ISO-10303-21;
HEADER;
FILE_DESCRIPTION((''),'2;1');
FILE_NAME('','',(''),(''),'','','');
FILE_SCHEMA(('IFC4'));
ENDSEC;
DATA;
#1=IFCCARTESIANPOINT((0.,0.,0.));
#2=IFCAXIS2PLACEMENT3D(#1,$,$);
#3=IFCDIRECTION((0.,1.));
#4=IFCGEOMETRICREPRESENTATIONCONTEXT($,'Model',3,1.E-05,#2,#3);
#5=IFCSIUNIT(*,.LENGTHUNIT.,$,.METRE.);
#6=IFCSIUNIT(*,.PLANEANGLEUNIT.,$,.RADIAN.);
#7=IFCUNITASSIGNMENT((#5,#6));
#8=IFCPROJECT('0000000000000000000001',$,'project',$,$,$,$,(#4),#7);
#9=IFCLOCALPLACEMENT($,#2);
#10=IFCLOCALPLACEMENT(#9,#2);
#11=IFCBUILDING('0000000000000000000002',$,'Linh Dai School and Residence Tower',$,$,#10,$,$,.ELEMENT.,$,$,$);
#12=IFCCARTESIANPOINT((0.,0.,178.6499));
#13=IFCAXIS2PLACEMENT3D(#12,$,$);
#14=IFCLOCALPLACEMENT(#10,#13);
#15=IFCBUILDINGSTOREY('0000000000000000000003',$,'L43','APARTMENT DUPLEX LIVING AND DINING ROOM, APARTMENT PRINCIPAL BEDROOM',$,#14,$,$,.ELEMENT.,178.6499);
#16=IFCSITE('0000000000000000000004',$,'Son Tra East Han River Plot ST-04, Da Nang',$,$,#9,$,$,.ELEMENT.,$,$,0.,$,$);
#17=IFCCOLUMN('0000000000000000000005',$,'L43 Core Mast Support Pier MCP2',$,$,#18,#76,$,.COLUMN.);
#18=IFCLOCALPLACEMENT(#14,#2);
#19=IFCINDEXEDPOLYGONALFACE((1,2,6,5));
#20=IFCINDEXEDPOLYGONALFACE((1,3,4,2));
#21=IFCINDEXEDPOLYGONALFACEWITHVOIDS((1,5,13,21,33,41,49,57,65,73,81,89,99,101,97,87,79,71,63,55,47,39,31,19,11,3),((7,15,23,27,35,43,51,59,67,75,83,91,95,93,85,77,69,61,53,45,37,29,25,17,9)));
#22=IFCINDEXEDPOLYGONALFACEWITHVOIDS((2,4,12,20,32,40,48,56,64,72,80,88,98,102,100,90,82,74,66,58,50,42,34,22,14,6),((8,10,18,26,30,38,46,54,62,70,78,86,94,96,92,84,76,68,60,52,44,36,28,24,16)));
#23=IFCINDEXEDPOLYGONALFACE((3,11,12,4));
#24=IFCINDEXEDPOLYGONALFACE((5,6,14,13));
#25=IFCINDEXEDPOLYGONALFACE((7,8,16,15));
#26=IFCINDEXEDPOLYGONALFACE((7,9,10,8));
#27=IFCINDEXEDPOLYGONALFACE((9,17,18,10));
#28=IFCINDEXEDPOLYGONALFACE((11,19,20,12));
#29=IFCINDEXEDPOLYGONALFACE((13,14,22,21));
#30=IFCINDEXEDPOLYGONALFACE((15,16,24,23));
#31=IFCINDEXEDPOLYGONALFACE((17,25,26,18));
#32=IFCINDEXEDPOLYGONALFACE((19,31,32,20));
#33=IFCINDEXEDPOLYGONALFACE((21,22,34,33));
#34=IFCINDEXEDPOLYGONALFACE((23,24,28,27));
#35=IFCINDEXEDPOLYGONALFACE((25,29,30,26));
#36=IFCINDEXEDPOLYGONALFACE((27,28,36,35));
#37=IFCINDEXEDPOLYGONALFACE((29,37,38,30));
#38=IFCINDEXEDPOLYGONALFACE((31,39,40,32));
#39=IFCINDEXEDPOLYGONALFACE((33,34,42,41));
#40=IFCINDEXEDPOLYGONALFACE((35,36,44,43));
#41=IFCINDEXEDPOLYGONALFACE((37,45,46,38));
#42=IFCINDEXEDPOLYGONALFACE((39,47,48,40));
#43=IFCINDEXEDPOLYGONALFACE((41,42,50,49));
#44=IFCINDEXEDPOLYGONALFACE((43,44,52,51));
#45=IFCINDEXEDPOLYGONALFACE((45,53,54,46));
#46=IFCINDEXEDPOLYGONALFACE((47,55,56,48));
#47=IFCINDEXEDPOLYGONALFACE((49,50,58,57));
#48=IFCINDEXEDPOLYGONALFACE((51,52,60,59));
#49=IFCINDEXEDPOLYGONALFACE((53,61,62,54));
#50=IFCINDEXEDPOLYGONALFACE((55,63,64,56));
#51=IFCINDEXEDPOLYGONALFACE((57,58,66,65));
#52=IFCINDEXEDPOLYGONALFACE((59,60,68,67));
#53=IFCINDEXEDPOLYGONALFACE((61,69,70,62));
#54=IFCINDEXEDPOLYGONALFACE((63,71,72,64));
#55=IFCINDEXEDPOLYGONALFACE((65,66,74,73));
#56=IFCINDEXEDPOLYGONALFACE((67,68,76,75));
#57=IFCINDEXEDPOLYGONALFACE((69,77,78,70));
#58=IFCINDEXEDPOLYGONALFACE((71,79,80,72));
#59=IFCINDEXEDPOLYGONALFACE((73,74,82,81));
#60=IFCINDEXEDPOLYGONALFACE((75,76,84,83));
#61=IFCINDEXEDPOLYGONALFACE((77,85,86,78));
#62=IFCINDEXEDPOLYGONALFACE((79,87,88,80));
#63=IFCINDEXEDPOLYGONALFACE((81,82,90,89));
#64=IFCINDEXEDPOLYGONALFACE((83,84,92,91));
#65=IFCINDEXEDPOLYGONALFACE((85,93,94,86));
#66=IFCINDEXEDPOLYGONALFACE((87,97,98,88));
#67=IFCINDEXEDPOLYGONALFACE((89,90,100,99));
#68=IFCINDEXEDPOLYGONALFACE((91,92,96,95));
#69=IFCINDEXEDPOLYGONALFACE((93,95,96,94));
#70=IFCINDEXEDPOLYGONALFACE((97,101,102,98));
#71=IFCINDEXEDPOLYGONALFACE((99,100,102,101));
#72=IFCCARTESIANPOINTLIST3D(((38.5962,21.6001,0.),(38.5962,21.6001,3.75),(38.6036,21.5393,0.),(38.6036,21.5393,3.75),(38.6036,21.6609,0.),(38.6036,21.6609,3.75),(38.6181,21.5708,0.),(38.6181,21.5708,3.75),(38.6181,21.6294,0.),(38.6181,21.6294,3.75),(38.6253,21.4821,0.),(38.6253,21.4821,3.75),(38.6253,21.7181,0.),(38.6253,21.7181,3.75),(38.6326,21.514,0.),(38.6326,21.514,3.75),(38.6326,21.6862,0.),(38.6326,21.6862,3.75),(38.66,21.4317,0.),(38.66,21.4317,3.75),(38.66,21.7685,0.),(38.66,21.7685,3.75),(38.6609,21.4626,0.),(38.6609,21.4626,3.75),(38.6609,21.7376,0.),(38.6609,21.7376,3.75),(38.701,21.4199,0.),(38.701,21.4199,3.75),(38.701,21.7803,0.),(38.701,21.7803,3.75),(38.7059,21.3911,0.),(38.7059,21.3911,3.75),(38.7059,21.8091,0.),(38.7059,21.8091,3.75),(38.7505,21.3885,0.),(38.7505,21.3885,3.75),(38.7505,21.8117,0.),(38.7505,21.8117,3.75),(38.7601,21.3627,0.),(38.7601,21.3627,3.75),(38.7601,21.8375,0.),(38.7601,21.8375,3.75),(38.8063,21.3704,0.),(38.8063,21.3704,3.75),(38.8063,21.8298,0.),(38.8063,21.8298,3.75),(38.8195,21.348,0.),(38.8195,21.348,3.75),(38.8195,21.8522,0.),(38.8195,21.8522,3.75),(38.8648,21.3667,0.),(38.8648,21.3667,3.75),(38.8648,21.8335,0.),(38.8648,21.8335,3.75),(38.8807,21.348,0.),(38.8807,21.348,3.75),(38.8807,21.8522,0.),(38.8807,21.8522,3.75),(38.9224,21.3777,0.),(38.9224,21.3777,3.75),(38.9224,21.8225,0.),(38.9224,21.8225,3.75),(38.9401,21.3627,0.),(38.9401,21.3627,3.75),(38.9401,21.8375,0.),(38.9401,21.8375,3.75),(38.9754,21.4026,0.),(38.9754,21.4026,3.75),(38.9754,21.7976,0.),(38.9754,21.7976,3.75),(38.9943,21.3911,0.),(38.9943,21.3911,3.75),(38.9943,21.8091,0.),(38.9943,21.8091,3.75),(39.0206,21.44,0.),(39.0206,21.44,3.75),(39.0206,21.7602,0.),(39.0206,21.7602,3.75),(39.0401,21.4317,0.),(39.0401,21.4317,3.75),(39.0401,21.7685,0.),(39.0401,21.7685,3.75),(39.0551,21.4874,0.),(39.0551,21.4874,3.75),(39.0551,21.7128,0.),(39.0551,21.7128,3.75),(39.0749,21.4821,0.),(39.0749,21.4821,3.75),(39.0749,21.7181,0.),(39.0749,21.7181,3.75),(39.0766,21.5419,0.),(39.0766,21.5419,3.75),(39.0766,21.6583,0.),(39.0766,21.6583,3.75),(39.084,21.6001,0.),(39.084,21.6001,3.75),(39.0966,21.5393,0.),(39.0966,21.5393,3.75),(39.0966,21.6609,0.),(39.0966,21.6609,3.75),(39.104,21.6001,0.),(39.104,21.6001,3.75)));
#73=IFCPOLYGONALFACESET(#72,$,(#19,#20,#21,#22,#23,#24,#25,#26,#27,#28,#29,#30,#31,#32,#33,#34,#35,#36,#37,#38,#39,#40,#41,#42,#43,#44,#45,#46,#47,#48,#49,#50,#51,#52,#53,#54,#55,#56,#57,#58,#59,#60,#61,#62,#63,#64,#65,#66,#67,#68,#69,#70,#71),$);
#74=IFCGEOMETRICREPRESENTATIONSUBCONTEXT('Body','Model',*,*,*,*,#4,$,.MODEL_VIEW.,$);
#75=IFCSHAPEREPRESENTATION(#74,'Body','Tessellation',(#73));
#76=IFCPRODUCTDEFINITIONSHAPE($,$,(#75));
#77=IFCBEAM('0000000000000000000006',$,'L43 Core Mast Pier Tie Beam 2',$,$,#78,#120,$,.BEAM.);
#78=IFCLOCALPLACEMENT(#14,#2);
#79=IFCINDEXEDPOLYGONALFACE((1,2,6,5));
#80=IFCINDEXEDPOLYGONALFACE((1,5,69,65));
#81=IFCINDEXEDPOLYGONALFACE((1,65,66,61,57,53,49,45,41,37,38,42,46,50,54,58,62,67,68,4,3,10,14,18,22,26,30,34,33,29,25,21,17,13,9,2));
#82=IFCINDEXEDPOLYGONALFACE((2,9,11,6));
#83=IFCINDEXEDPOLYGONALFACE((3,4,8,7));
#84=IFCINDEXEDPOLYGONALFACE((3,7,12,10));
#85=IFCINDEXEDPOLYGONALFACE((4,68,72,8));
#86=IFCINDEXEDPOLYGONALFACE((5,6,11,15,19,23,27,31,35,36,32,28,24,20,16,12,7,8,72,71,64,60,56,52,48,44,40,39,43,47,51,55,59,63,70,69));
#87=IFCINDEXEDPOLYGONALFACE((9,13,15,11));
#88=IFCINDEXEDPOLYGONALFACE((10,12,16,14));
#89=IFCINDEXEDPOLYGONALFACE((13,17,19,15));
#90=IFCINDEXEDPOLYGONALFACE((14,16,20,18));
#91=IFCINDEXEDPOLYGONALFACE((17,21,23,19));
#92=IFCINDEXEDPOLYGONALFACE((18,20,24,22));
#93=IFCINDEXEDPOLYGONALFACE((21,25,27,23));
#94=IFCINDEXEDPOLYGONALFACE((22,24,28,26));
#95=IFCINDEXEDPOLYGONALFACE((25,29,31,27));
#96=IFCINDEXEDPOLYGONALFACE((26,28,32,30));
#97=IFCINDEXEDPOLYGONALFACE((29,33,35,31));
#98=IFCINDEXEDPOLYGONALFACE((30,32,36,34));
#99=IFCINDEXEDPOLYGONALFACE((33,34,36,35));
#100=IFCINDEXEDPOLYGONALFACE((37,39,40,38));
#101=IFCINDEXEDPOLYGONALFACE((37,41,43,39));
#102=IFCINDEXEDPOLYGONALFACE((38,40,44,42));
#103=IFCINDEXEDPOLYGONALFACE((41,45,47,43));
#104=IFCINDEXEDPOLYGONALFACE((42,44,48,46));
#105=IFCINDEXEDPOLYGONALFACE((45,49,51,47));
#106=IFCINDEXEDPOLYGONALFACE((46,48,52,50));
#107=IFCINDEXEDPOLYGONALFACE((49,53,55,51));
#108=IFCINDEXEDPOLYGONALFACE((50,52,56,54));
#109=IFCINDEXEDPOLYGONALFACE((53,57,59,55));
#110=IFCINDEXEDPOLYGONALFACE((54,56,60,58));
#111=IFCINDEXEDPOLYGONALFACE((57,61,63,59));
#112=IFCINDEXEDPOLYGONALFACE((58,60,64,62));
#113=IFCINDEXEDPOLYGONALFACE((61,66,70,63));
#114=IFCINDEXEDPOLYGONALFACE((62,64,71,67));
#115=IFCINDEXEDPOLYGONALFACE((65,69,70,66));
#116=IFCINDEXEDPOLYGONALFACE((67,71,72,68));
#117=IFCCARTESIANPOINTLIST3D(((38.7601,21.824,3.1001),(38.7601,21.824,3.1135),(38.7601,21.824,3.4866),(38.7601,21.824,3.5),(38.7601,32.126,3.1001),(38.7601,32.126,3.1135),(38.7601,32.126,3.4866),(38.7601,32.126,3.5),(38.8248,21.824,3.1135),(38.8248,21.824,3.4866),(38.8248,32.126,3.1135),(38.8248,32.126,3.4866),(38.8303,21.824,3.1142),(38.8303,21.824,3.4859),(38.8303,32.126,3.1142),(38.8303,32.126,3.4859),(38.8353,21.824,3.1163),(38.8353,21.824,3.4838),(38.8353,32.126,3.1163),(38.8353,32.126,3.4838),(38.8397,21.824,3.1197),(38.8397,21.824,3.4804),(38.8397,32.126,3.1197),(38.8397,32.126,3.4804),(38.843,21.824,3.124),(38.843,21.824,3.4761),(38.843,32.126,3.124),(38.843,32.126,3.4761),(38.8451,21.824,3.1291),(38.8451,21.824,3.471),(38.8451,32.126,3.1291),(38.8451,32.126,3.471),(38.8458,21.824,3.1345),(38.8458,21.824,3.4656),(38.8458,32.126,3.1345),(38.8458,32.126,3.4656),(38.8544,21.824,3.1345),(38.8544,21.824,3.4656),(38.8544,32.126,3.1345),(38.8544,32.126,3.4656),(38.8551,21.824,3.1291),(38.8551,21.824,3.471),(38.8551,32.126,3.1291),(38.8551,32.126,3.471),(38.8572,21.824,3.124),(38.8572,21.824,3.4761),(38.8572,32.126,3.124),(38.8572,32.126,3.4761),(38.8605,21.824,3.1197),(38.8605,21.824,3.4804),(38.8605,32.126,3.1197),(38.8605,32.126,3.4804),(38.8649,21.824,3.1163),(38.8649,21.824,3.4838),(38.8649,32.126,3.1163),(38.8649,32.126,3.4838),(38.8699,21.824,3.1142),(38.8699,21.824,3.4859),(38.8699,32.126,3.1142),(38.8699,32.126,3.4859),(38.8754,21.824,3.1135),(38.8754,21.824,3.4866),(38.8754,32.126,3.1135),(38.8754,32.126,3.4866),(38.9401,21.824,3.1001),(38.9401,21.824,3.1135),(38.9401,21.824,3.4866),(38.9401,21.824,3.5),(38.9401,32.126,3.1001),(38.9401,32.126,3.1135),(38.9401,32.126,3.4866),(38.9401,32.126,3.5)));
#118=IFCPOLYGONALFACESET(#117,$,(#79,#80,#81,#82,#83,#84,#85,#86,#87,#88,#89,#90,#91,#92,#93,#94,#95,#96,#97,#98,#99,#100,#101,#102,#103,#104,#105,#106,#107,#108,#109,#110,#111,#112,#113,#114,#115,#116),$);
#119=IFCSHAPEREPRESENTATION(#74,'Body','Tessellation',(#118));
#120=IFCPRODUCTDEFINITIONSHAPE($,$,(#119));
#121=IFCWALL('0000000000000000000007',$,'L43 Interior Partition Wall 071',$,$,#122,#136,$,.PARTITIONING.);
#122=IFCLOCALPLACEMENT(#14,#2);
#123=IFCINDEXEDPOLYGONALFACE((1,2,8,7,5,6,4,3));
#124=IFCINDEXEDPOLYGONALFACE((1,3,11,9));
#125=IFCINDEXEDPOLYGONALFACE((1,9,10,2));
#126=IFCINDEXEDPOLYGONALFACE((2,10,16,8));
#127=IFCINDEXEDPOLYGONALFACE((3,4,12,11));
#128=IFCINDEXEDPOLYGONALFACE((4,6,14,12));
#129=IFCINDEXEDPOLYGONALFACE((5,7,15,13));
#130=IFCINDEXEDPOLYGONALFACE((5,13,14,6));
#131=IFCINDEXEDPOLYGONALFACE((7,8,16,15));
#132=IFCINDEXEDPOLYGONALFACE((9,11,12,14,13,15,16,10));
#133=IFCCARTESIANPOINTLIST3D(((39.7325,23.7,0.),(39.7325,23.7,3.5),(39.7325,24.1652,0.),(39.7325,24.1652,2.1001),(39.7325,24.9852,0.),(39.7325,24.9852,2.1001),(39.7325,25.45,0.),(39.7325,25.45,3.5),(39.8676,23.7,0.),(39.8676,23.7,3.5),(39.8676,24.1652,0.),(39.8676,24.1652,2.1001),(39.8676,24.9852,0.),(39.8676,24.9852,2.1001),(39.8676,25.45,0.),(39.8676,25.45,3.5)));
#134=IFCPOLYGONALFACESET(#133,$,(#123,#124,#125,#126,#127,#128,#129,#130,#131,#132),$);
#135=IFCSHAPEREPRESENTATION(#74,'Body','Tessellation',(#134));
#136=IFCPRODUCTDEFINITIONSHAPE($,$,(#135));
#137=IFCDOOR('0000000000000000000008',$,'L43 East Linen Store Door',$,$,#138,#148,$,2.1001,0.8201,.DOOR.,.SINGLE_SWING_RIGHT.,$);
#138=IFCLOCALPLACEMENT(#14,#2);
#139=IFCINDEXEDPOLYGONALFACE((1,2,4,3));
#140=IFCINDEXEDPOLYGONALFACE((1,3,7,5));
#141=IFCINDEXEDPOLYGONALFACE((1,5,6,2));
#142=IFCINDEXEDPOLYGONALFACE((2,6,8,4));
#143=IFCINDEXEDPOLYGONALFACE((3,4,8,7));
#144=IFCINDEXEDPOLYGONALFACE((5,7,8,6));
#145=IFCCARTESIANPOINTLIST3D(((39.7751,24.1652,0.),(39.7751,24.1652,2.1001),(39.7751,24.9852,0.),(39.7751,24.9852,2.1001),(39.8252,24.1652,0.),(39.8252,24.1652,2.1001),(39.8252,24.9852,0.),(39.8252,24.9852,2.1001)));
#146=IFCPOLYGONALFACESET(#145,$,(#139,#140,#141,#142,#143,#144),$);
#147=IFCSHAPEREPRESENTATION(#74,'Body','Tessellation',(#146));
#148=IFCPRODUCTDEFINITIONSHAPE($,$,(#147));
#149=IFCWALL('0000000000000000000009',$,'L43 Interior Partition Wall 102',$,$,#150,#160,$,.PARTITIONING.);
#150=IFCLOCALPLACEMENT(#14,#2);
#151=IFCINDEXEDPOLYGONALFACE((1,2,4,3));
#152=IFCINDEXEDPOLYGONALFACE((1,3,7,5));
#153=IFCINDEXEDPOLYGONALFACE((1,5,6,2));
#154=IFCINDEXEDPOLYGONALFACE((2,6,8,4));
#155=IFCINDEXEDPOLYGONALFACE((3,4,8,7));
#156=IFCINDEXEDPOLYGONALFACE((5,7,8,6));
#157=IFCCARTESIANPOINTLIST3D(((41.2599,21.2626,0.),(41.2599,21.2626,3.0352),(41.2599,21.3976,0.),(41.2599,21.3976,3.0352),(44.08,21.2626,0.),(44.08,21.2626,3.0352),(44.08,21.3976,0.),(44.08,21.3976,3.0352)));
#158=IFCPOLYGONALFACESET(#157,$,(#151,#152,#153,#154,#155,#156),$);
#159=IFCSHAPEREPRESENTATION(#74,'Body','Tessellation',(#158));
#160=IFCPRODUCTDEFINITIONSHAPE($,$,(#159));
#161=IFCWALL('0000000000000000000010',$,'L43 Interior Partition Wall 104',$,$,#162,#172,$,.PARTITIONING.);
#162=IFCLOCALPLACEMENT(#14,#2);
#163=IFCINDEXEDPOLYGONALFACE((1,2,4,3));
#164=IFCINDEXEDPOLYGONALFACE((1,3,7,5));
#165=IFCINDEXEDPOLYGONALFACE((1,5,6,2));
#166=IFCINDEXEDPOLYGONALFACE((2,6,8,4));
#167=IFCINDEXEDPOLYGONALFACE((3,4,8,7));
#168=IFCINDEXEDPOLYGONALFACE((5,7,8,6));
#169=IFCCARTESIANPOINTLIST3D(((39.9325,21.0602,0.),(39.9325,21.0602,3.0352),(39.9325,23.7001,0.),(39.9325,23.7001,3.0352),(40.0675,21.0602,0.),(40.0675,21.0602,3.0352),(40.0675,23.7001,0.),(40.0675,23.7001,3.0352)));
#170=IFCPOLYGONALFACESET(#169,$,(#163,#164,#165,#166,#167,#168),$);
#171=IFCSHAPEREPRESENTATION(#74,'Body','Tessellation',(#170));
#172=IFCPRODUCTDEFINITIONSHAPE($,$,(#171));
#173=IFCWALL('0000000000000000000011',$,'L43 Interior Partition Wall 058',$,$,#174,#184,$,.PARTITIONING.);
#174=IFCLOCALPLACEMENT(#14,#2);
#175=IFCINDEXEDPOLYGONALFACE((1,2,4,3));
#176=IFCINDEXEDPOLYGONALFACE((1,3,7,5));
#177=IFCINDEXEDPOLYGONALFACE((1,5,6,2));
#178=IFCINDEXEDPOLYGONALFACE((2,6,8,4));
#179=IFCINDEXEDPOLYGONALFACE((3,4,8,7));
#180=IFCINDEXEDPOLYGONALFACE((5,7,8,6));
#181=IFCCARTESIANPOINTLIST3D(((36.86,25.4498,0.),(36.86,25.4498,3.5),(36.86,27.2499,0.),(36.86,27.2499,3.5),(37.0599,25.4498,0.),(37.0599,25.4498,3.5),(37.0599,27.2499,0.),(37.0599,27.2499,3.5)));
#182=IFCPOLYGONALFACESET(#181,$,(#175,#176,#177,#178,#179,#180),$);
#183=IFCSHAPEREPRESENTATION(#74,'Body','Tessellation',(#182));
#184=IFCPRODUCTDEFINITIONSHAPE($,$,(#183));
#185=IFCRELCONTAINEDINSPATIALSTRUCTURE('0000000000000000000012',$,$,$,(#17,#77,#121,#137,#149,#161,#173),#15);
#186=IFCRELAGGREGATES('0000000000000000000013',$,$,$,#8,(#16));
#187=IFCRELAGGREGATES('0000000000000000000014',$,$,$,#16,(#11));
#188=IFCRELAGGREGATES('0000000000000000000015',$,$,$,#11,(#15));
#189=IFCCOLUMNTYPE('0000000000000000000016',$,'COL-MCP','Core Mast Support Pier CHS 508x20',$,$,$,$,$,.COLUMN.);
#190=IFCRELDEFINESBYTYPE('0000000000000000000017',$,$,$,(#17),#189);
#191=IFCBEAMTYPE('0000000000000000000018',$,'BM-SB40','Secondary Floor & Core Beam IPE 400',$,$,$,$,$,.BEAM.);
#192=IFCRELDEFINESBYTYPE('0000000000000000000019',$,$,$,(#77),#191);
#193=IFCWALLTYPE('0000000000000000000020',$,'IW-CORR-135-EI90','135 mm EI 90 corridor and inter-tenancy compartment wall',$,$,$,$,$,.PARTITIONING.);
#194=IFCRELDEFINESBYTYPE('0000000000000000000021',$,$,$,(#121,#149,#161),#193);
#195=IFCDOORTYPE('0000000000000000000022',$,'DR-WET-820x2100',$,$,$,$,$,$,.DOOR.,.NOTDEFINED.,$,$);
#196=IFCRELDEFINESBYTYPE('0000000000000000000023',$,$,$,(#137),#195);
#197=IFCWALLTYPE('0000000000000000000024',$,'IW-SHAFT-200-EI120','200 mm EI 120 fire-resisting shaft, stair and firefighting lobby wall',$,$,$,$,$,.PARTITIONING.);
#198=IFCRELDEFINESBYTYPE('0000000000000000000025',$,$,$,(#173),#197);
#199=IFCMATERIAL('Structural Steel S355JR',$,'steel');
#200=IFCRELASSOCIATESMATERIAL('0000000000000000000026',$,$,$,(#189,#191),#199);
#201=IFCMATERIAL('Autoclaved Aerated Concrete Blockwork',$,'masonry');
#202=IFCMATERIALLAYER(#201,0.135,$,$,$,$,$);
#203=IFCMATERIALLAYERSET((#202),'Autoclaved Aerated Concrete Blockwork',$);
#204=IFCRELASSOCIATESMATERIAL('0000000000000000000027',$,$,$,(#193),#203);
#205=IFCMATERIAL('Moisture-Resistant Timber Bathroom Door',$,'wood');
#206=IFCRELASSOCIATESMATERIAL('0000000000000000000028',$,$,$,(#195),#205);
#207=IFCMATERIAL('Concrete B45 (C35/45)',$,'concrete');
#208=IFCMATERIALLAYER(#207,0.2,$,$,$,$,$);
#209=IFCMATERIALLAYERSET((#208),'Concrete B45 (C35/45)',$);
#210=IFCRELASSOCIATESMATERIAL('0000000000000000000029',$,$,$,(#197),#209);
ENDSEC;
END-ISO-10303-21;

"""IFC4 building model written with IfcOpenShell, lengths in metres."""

from ifc_helpers import new_model, si_unit, direction, frame, frame_2d, origin, origin_2d, place, context, subcontext, project, spatial, rectangle, hollow_circle, i_section, extrude, source, transform, mapped, material, layer, layer_set, material_profile, profile_set, type_object, element, fill, save


model = new_model("IFC4")

# Units and contexts
model_context = context("Model", 3, precision=1e-05, world=origin(), true_north=direction((0.0, 1.0)))
body_context = subcontext(model_context, "Body", "Model", "MODEL_VIEW")
ifc_project = project(units=[si_unit("LENGTHUNIT", "METRE"), si_unit("PLANEANGLEUNIT", "RADIAN")], contexts=[model_context])

# Site, building, storey
site_placement = place(None, origin())
site = spatial("IfcSite", under=ifc_project, at=site_placement, Name="Son Tra East Han River Plot ST-04, Da Nang", CompositionType="ELEMENT", RefElevation=0.0)
building_placement = place(site_placement, origin())
building = spatial("IfcBuilding", under=site, at=building_placement, Name="Linh Dai School and Residence Tower", CompositionType="ELEMENT")
storey_placement = place(building_placement, frame((0.0, 0.0, 178.6499)))
storey = spatial("IfcBuildingStorey", under=building, at=storey_placement, Name="L43", Description="APARTMENT DUPLEX LIVING AND DINING ROOM, APARTMENT PRINCIPAL BEDROOM", CompositionType="ELEMENT", Elevation=178.6499)

# Column
ifc_material_1 = material(Name="Structural Steel S355JR", Category="steel")
ifc_material_profile_1 = material_profile(ifc_material_1, hollow_circle(Radius=0.2539, WallThickness=0.02, at=origin_2d()), Name="CHS 508x20")
ifc_profile_set_1 = profile_set([ifc_material_profile_1], Name="Structural Steel S355JR")
column_type_1 = type_object("IfcColumnType", Name="COL-MCP", Description="Core Mast Support Pier CHS 508x20", PredefinedType="COLUMN", material=ifc_profile_set_1)
column_placement = place(storey_placement, frame((38.8501, 21.6001, 0.0), z_axis=(0.0, 0.0, 1.0), x_axis=(1.0, 0.0, 0.0)))
element("IfcColumn", 1, at=column_placement, inside=storey, type_object=column_type_1, Name="L43 Core Mast Support Pier MCP2", PredefinedType="COLUMN", context=body_context, shape_type="SweptSolid", body=[
    extrude(hollow_circle(Radius=0.2539, WallThickness=0.02, at=origin_2d()), origin(), (0.0, 0.0, 1.0), 3.75),
])

# Beam
ifc_material_profile_2 = material_profile(ifc_material_1, i_section(OverallWidth=0.1799, OverallDepth=0.3999, WebThickness=0.0085, FlangeThickness=0.0134, FilletRadius=0.021, at=origin_2d()), Name="IPE 400")
ifc_profile_set_2 = profile_set([ifc_material_profile_2], Name="Structural Steel S355JR")
beam_type = type_object("IfcBeamType", Name="BM-SB40", Description="Secondary Floor & Core Beam IPE 400", PredefinedType="BEAM", material=ifc_profile_set_2)
beam_placement = place(storey_placement, frame((38.8501, 21.824, 3.3), z_axis=(0.0, 1.0, 0.0), x_axis=(-1.0, 0.0, 0.0)))
element("IfcBeam", 2, at=beam_placement, inside=storey, type_object=beam_type, Name="L43 Core Mast Pier Tie Beam 2", PredefinedType="BEAM", context=body_context, shape_type="SweptSolid", body=[
    extrude(i_section(OverallWidth=0.1799, OverallDepth=0.3999, WebThickness=0.0085, FlangeThickness=0.0134, FilletRadius=0.021, at=origin_2d()), origin(), (0.0, 0.0, 1.0), 10.302),
])

# Wall, opening, door
ifc_material_2 = material(Name="Autoclaved Aerated Concrete Blockwork", Category="masonry")
ifc_layer_1 = layer(ifc_material_2, 0.135)
ifc_layer_set_1 = layer_set([ifc_layer_1], Name="Autoclaved Aerated Concrete Blockwork")
wall_type_1 = type_object("IfcWallType", Name="IW-CORR-135-EI90", Description="135 mm EI 90 corridor and inter-tenancy compartment wall", PredefinedType="PARTITIONING", material=ifc_layer_set_1)
wall_1_placement = place(storey_placement, frame((39.8, 23.7, 0.0), z_axis=(0.0, 0.0, 1.0), x_axis=(0.0, 1.0, 0.0)))
wall_1 = element("IfcWall", 3, at=wall_1_placement, inside=storey, type_object=wall_type_1, Name="L43 Interior Partition Wall 071", PredefinedType="PARTITIONING", context=body_context, shape_type="SweptSolid", body=[
    extrude(rectangle(XDim=1.75, YDim=0.135, at=frame_2d((0.875, 0.0))), origin(), (0.0, 0.0, 1.0), 3.5),
])
opening_placement = place(wall_1_placement, frame((0.4651, 0.0, 0.0)))
opening = element("IfcOpeningElement", 4, at=opening_placement, cuts=wall_1, PredefinedType="OPENING", context=body_context, shape_type="SweptSolid", body=[
    extrude(rectangle(XDim=0.8201, YDim=2.1001, at=origin_2d()), frame((0.4102, 0.0776, 1.05), z_axis=(0.0, -1.0, 0.0), x_axis=(1.0, 0.0, 0.0)), (0.0, 0.0, 1.0), 0.155),
])
ifc_material_3 = material(Name="Moisture-Resistant Timber Bathroom Door", Category="wood")
door_type = type_object("IfcDoorType", Name="DR-WET-820x2100", OperationType="NOTDEFINED", PredefinedType="DOOR", material=ifc_material_3)
shared_shape_1 = source(origin(), body_context, "Body", "SweptSolid", [
    extrude(rectangle(XDim=0.8201, YDim=2.1001, at=origin_2d()), frame((0.4102, 0.0249, 1.05), z_axis=(0.0, -1.0, 0.0), x_axis=(1.0, 0.0, 0.0)), (0.0, 0.0, 1.0), 0.05),
])
door_placement = place(opening_placement, origin())
door = element("IfcDoor", 5, at=door_placement, inside=storey, type_object=door_type, Name="L43 East Linen Store Door", OperationType="SINGLE_SWING_RIGHT", OverallHeight=2.1001, OverallWidth=0.8201, PredefinedType="DOOR", context=body_context, shape_type="MappedRepresentation", body=[
    mapped(shared_shape_1, transform((0.0, 0.0, 0.0), x_axis=(1.0, 0.0, 0.0), y_axis=(0.0, 1.0, 0.0), z_axis=(0.0, 0.0, 1.0), scale=1.0)),
])
fill(opening, door)

# Walls
wall_2_placement = place(storey_placement, frame((44.0801, 21.3301, 0.0), z_axis=(0.0, 0.0, 1.0), x_axis=(-1.0, 0.0, 0.0)))
element("IfcWall", 6, at=wall_2_placement, inside=storey, type_object=wall_type_1, Name="L43 Interior Partition Wall 102", PredefinedType="PARTITIONING", context=body_context, shape_type="SweptSolid", body=[
    extrude(rectangle(XDim=2.8201, YDim=0.135, at=frame_2d((1.4102, 0.0))), origin(), (0.0, 0.0, 1.0), 3.0352),
])
wall_3_placement = place(storey_placement, frame((40.0, 23.7, 0.0), z_axis=(0.0, 0.0, 1.0), x_axis=(0.0, -1.0, 0.0)))
element("IfcWall", 7, at=wall_3_placement, inside=storey, type_object=wall_type_1, Name="L43 Interior Partition Wall 104", PredefinedType="PARTITIONING", context=body_context, shape_type="SweptSolid", body=[
    extrude(rectangle(XDim=2.6399, YDim=0.135, at=frame_2d((1.3198, 0.0))), origin(), (0.0, 0.0, 1.0), 3.0352),
])
ifc_material_4 = material(Name="Concrete B45 (C35/45)", Category="concrete")
ifc_layer_2 = layer(ifc_material_4, 0.2)
ifc_layer_set_2 = layer_set([ifc_layer_2], Name="Concrete B45 (C35/45)")
wall_type_2 = type_object("IfcWallType", Name="IW-SHAFT-200-EI120", Description="200 mm EI 120 fire-resisting shaft, stair and firefighting lobby wall", PredefinedType="PARTITIONING", material=ifc_layer_set_2)
for number, where, z_axis, x_axis, name in (
    (8, (36.96, 25.45, 0.0), (0.0, 0.0, 1.0), (0.0, 1.0, 0.0), "L43 Interior Partition Wall 058"),
):
    element("IfcWall", number, at=place(storey_placement, frame(where, z_axis=z_axis, x_axis=x_axis)), inside=storey, type_object=wall_type_2, Name=name, PredefinedType="PARTITIONING", context=body_context, shape_type="SweptSolid", body=[
        extrude(rectangle(XDim=1.8, YDim=0.2, at=frame_2d((0.8999, 0.0))), origin(), (0.0, 0.0, 1.0), 3.5),
    ])

save(model, "model.ifc")
